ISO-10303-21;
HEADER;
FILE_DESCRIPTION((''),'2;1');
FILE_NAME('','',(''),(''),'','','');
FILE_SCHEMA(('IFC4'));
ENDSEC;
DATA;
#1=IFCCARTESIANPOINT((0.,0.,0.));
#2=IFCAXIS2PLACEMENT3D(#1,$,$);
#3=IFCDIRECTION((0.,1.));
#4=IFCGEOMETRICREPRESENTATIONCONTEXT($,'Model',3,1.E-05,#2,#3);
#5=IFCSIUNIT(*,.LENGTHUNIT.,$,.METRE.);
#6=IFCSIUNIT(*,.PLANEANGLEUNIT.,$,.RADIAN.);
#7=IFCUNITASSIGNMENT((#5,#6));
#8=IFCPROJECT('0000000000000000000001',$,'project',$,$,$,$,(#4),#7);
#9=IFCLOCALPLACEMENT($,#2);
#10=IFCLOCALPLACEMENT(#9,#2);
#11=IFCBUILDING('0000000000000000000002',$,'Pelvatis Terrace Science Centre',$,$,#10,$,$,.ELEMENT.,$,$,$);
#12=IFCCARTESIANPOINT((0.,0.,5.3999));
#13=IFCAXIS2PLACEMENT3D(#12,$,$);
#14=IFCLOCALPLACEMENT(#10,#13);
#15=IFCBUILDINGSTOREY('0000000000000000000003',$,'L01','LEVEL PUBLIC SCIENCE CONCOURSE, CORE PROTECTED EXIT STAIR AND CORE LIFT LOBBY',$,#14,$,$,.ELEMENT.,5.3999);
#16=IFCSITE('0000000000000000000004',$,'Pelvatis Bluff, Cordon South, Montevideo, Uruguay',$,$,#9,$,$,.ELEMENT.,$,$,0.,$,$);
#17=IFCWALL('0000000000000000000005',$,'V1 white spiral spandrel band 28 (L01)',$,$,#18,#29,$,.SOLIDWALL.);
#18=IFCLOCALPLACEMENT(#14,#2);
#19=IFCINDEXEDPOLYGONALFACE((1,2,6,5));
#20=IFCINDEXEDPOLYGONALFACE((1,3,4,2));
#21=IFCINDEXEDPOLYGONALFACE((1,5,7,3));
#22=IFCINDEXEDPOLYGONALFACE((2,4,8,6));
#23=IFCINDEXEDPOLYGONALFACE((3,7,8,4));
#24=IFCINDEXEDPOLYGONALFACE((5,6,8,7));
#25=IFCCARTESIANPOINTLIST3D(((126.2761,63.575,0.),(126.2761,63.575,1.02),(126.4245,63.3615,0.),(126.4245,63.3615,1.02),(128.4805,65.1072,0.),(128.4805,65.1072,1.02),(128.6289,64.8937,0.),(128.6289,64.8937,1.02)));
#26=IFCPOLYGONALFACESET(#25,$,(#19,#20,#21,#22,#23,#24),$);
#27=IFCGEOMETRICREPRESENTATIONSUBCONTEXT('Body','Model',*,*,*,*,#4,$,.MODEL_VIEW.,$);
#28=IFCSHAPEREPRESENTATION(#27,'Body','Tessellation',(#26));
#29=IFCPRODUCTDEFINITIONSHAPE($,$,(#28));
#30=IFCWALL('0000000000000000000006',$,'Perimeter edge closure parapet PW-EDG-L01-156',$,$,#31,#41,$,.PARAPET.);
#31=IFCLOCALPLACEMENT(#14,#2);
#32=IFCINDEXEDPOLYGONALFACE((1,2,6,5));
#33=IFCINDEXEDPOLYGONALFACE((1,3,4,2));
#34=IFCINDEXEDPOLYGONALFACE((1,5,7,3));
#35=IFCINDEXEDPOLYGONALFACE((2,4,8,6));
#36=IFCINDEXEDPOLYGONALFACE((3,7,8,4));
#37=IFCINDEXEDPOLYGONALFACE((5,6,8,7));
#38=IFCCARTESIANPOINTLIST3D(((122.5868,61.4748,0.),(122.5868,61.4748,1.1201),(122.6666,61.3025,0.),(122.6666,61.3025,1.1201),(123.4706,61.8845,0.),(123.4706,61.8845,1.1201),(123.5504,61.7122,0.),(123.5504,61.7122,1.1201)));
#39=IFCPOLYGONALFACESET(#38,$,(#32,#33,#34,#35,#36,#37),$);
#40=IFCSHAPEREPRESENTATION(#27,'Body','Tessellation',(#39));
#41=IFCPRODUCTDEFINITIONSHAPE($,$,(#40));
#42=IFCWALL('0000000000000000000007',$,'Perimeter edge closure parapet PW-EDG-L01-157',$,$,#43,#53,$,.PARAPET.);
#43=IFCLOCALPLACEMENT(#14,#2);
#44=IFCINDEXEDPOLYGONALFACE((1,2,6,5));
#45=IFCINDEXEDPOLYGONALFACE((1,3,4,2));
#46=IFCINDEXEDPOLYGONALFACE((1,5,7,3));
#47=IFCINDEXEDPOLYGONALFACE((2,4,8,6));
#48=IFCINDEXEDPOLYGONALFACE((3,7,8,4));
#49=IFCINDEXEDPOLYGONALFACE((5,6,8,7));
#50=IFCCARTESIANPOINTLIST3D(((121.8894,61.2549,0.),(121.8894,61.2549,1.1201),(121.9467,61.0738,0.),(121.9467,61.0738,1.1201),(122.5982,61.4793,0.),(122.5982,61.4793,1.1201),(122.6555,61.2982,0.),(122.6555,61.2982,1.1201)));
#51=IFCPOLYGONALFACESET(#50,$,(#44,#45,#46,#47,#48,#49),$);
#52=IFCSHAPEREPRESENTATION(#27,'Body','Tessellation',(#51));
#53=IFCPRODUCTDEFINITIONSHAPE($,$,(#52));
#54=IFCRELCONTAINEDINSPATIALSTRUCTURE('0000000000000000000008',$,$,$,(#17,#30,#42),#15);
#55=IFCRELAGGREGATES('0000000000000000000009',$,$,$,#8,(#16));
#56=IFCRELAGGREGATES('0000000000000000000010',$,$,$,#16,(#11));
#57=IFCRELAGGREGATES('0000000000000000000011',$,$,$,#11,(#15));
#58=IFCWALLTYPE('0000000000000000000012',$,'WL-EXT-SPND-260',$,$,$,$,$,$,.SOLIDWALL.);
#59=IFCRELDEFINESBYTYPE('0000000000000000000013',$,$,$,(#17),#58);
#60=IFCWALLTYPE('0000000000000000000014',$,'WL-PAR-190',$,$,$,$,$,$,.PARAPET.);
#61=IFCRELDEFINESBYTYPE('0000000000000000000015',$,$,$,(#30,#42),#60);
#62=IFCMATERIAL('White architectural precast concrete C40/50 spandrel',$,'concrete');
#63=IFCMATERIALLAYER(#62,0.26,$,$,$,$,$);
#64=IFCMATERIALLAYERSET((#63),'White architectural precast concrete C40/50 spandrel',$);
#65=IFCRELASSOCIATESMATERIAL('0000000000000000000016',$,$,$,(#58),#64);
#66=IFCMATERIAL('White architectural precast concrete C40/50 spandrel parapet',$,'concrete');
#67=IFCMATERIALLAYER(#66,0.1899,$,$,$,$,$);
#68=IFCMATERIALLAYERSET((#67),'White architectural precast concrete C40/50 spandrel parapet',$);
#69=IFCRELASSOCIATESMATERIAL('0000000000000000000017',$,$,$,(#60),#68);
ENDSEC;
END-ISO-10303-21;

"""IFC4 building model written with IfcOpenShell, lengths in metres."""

from ifc_helpers import new_model, si_unit, direction, frame, frame_2d, origin, place, context, subcontext, project, spatial, rectangle, extrude, material, layer, layer_set, type_object, element, save


model = new_model("IFC4")

# Units and contexts
model_context = context("Model", 3, precision=1e-05, world=origin(), true_north=direction((0.0, 1.0)))
body_context = subcontext(model_context, "Body", "Model", "MODEL_VIEW")
ifc_project = project(units=[si_unit("LENGTHUNIT", "METRE"), si_unit("PLANEANGLEUNIT", "RADIAN")], contexts=[model_context])

# Site, building, storey
site_placement = place(None, origin())
site = spatial("IfcSite", under=ifc_project, at=site_placement, Name="Pelvatis Bluff, Cordon South, Montevideo, Uruguay", CompositionType="ELEMENT", RefElevation=0.0)
building_placement = place(site_placement, origin())
building = spatial("IfcBuilding", under=site, at=building_placement, Name="Pelvatis Terrace Science Centre", CompositionType="ELEMENT")
storey_placement = place(building_placement, frame((0.0, 0.0, 5.3999)))
storey = spatial("IfcBuildingStorey", under=building, at=storey_placement, Name="L01", Description="LEVEL PUBLIC SCIENCE CONCOURSE, CORE PROTECTED EXIT STAIR AND CORE LIFT LOBBY", CompositionType="ELEMENT", Elevation=5.3999)

# Walls
ifc_material_1 = material(Name="White architectural precast concrete C40/50 spandrel", Category="concrete")
ifc_layer_1 = layer(ifc_material_1, 0.26)
ifc_layer_set_1 = layer_set([ifc_layer_1], Name="White architectural precast concrete C40/50 spandrel")
wall_type_1 = type_object("IfcWallType", Name="WL-EXT-SPND-260", PredefinedType="SOLIDWALL", material=ifc_layer_set_1)
wall_1_placement = place(storey_placement, frame((126.3503, 63.4683, 0.0), z_axis=(0.0, 0.0, 1.0), x_axis=(0.82112, 0.570755, 0.0)))
element("IfcWall", 1, at=wall_1_placement, inside=storey, type_object=wall_type_1, Name="V1 white spiral spandrel band 28 (L01)", PredefinedType="SOLIDWALL", context=body_context, shape_type="SweptSolid", body=[
    extrude(rectangle(XDim=2.6846, YDim=0.26, at=frame_2d((1.3423, 0.0))), origin(), (0.0, 0.0, 1.0), 1.02),
])
ifc_material_2 = material(Name="White architectural precast concrete C40/50 spandrel parapet", Category="concrete")
ifc_layer_2 = layer(ifc_material_2, 0.1899)
ifc_layer_set_2 = layer_set([ifc_layer_2], Name="White architectural precast concrete C40/50 spandrel parapet")
wall_type_2 = type_object("IfcWallType", Name="WL-PAR-190", PredefinedType="PARAPET", material=ifc_layer_set_2)
wall_2_placement = place(storey_placement, frame((123.5105, 61.7983, 0.0), z_axis=(0.0, 0.0, 1.0), x_axis=(-0.907269, -0.420552, 0.0)))
element("IfcWall", 2, at=wall_2_placement, inside=storey, type_object=wall_type_2, Name="Perimeter edge closure parapet PW-EDG-L01-156", PredefinedType="PARAPET", context=body_context, shape_type="SweptSolid", body=[
    extrude(rectangle(XDim=0.9741, YDim=0.1899, at=frame_2d((0.4871, 0.0))), origin(), (0.0, 0.0, 1.0), 1.1201),
])
wall_3_placement = place(storey_placement, frame((122.6267, 61.3887, 0.0), z_axis=(0.0, 0.0, 1.0), x_axis=(-0.953369, -0.301807, 0.0)))
element("IfcWall", 3, at=wall_3_placement, inside=storey, type_object=wall_type_2, Name="Perimeter edge closure parapet PW-EDG-L01-157", PredefinedType="PARAPET", context=body_context, shape_type="SweptSolid", body=[
    extrude(rectangle(XDim=0.7434, YDim=0.1899, at=frame_2d((0.3716, 0.0))), origin(), (0.0, 0.0, 1.0), 1.1201),
])

save(model, "model.ifc")
